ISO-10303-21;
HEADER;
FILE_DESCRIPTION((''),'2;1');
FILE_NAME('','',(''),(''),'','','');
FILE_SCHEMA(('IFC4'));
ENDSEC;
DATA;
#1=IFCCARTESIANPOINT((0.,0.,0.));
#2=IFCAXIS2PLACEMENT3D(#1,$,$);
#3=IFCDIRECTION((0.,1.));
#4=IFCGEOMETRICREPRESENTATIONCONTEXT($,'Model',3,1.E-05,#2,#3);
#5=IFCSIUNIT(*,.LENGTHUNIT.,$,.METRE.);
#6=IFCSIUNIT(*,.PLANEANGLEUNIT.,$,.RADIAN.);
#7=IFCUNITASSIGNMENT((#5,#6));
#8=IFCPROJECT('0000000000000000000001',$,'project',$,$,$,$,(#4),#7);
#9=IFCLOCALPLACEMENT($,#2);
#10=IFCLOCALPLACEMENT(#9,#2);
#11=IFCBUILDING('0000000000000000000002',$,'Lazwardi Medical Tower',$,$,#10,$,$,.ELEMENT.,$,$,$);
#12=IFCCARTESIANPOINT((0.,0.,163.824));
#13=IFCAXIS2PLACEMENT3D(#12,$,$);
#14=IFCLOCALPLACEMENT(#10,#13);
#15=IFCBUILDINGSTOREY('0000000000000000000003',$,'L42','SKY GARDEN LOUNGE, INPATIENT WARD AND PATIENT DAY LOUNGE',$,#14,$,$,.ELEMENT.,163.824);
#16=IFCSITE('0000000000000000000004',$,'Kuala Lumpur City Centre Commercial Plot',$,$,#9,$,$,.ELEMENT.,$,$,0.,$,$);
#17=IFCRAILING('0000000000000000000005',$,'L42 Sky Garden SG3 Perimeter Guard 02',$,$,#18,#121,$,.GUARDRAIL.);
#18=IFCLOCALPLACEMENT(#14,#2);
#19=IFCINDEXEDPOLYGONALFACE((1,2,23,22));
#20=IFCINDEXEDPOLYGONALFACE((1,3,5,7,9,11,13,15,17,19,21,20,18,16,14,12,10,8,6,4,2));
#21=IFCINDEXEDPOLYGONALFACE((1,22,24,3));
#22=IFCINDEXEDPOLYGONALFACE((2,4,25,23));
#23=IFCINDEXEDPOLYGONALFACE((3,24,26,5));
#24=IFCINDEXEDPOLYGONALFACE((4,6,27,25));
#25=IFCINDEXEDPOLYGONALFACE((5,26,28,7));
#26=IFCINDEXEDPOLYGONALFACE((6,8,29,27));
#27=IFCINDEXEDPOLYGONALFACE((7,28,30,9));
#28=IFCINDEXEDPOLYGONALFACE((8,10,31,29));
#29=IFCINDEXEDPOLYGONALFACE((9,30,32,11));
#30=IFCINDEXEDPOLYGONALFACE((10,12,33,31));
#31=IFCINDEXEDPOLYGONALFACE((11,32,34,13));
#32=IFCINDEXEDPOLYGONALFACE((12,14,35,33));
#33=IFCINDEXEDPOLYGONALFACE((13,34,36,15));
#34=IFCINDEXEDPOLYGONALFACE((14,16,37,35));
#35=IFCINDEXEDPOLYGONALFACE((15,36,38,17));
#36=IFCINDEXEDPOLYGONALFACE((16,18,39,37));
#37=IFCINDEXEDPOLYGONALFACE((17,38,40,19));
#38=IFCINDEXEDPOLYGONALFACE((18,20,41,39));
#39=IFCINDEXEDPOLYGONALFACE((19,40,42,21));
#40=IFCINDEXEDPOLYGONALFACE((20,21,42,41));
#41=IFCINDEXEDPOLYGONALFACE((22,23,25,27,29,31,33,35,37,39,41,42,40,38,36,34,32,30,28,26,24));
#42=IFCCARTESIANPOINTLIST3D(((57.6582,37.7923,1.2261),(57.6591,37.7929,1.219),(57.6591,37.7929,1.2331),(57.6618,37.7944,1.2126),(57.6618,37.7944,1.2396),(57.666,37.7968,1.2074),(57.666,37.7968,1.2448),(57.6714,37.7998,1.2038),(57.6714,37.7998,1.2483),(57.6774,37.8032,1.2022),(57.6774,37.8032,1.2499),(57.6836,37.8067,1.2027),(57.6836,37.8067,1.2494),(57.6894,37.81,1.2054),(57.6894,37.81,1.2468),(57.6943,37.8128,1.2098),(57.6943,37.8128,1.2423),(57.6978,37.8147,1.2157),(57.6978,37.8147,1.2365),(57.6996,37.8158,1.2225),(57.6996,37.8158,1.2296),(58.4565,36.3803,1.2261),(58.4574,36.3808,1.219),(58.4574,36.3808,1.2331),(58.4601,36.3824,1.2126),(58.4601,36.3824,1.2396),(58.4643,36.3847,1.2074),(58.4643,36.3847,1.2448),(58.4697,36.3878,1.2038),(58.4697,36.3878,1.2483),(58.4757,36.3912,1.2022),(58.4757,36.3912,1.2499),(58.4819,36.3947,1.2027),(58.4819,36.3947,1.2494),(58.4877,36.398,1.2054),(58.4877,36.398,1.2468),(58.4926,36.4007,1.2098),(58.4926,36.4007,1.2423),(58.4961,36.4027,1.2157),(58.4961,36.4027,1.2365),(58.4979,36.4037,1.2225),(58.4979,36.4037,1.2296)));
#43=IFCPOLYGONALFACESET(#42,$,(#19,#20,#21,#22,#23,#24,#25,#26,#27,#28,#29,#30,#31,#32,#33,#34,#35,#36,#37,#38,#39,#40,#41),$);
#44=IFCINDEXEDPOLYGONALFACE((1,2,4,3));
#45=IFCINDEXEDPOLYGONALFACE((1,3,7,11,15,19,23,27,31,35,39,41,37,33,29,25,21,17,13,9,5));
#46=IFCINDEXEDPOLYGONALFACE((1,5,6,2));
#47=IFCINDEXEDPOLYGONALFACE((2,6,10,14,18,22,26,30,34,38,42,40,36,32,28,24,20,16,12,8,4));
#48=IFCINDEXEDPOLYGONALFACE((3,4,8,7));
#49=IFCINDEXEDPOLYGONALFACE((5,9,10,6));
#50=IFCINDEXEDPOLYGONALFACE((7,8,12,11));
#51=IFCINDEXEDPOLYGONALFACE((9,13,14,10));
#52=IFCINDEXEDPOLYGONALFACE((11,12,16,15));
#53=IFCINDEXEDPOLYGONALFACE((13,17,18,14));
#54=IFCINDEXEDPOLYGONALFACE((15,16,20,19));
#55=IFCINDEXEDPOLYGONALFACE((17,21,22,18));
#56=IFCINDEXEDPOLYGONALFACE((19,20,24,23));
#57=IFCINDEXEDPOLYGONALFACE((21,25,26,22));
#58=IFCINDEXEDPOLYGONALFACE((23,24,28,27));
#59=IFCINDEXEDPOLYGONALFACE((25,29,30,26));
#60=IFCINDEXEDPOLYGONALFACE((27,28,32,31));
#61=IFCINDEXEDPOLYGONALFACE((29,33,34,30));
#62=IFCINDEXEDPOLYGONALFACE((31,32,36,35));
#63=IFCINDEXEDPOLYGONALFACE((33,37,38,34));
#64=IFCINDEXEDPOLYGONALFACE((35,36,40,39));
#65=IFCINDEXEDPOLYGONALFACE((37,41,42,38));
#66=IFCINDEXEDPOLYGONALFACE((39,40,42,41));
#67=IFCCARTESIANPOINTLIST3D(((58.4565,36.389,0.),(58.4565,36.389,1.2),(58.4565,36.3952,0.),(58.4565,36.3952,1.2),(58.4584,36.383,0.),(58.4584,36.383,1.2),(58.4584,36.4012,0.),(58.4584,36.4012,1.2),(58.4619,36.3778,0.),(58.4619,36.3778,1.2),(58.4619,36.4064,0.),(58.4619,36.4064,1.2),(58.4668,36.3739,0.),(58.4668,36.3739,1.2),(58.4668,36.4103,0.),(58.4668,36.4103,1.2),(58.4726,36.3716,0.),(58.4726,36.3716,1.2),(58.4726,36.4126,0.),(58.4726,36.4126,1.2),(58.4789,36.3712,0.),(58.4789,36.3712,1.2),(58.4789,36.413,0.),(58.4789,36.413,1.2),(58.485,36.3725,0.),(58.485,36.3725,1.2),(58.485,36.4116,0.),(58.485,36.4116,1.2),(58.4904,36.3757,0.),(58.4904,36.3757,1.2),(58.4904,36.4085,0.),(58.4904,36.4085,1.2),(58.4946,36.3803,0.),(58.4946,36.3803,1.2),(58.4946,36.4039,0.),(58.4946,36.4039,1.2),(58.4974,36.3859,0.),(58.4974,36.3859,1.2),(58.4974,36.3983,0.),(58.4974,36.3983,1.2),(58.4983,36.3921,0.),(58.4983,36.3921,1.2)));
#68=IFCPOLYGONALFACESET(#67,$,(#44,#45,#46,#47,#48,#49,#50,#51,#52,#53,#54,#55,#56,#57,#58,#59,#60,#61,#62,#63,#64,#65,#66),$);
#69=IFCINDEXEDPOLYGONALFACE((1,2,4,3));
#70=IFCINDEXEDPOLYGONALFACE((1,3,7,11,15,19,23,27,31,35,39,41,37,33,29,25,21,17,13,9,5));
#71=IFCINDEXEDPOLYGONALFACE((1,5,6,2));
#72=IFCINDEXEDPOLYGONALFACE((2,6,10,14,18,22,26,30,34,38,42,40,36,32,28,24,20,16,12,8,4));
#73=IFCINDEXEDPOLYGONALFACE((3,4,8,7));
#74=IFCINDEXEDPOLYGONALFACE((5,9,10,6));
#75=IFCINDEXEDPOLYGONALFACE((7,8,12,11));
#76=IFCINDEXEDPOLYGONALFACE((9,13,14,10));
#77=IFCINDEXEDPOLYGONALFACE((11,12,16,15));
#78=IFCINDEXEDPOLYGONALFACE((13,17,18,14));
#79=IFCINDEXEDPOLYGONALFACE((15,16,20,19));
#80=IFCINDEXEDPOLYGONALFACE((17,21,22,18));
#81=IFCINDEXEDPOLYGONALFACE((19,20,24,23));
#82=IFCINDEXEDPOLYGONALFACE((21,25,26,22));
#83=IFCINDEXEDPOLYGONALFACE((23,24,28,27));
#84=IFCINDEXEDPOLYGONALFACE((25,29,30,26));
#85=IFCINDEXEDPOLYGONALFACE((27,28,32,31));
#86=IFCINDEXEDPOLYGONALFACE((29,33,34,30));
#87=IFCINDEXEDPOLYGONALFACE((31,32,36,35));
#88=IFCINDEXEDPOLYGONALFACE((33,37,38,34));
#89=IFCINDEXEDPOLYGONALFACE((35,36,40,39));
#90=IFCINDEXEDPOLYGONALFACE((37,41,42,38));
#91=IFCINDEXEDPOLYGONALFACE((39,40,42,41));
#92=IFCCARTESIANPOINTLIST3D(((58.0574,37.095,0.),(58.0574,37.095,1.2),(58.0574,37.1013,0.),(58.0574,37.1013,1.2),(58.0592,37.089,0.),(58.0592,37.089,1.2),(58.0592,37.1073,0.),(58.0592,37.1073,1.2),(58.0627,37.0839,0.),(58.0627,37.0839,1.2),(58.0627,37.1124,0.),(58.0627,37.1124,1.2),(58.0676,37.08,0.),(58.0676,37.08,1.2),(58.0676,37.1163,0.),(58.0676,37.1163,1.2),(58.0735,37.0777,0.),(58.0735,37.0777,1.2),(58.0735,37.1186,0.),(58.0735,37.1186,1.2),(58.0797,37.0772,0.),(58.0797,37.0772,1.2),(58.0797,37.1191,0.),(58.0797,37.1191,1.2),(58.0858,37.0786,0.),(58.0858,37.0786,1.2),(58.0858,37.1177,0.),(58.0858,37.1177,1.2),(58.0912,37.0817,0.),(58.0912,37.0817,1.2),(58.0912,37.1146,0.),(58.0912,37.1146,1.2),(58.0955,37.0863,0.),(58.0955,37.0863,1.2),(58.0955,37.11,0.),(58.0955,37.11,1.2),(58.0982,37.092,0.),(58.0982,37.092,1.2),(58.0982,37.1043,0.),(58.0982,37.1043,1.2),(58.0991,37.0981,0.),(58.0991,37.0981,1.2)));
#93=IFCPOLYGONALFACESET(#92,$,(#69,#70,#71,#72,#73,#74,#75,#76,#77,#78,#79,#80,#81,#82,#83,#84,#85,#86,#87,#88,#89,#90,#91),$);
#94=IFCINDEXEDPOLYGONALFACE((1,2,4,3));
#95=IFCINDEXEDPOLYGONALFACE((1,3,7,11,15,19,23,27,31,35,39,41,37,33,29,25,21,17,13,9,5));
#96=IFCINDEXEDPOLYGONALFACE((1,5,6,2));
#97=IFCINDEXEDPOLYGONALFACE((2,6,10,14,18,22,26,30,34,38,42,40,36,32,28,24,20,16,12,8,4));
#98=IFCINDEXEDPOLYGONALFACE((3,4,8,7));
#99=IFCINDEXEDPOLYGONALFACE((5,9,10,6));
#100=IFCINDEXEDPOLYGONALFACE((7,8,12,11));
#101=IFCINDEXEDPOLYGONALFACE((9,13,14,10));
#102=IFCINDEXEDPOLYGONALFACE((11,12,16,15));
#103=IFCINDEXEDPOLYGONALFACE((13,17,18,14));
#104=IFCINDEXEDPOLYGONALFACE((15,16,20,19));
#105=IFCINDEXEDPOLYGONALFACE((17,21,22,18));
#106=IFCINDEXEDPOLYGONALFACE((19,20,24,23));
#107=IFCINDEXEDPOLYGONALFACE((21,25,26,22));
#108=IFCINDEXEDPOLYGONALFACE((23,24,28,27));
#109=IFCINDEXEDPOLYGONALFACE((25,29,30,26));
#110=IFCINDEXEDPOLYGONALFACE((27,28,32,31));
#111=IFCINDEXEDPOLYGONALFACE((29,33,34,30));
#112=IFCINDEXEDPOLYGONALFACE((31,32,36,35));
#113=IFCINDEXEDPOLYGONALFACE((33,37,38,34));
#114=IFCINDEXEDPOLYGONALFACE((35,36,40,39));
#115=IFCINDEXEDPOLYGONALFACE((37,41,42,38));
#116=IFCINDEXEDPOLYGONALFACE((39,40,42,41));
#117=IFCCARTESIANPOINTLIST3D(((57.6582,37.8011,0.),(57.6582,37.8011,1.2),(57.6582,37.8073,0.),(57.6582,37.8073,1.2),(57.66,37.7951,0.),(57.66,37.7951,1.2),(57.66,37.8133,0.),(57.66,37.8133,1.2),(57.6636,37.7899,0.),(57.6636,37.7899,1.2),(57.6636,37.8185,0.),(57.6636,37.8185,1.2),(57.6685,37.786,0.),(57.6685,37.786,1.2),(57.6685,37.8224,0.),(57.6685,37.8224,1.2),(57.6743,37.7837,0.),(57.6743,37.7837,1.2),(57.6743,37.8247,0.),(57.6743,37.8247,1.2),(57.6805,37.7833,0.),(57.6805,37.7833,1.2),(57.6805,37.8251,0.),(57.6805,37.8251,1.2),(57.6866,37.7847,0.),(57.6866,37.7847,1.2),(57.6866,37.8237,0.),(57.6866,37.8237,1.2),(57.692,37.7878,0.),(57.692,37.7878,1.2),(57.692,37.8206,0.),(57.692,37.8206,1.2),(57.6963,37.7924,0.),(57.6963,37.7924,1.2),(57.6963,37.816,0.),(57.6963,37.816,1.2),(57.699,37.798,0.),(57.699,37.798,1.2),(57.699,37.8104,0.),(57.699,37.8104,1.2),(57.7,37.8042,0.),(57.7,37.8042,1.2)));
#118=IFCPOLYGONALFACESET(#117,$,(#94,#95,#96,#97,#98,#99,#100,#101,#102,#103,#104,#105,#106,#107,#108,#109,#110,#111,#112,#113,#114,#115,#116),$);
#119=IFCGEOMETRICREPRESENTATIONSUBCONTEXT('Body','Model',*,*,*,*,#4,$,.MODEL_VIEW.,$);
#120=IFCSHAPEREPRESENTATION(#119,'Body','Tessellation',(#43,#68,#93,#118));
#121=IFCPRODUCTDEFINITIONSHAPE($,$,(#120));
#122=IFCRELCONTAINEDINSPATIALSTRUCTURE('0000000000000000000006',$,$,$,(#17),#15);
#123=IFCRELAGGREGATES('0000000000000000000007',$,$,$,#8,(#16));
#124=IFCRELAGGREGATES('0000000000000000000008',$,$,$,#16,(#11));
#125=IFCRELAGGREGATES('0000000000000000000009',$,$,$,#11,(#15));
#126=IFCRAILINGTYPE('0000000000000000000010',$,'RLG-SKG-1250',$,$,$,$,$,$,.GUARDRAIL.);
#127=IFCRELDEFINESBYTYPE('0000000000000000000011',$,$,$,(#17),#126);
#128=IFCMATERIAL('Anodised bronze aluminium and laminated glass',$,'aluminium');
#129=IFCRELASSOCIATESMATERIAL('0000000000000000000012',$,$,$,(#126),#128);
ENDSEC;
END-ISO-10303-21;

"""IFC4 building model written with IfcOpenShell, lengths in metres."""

from ifc_helpers import new_model, si_unit, direction, frame, origin, origin_2d, place, context, subcontext, project, spatial, circle, extrude, material, type_object, element, save


model = new_model("IFC4")

# Units and contexts
model_context = context("Model", 3, precision=1e-05, world=origin(), true_north=direction((0.0, 1.0)))
body_context = subcontext(model_context, "Body", "Model", "MODEL_VIEW")
ifc_project = project(units=[si_unit("LENGTHUNIT", "METRE"), si_unit("PLANEANGLEUNIT", "RADIAN")], contexts=[model_context])

# Site, building, storey
site_placement = place(None, origin())
site = spatial("IfcSite", under=ifc_project, at=site_placement, Name="Kuala Lumpur City Centre Commercial Plot", CompositionType="ELEMENT", RefElevation=0.0)
building_placement = place(site_placement, origin())
building = spatial("IfcBuilding", under=site, at=building_placement, Name="Lazwardi Medical Tower", CompositionType="ELEMENT")
storey_placement = place(building_placement, frame((0.0, 0.0, 163.824)))
storey = spatial("IfcBuildingStorey", under=building, at=storey_placement, Name="L42", Description="SKY GARDEN LOUNGE, INPATIENT WARD AND PATIENT DAY LOUNGE", CompositionType="ELEMENT", Elevation=163.824)

# Shared definitions
ifc_material_1 = material(Name="Anodised bronze aluminium and laminated glass", Category="aluminium")

# Railing
railing_type = type_object("IfcRailingType", Name="RLG-SKG-1250", PredefinedType="GUARDRAIL", material=ifc_material_1)
railing_1_placement = place(storey_placement, frame((58.4773, 36.3921, 0.0)))
element("IfcRailing", 1, at=railing_1_placement, inside=storey, type_object=railing_type, Name="L42 Sky Garden SG3 Perimeter Guard 02", PredefinedType="GUARDRAIL", context=body_context, shape_type="SweptSolid", body=[
    extrude(circle(Radius=0.0239, at=origin_2d()), frame((0.0, 0.0, 1.2261), z_axis=(-0.492147, 0.870512, 0.0), x_axis=(-0.870512, -0.492147, 0.0)), (0.0, 0.0, 1.0), 1.6221),
    extrude(circle(Radius=0.021, at=origin_2d()), origin(), (0.0, 0.0, 1.0), 1.2),
    extrude(circle(Radius=0.021, at=origin_2d()), frame((-0.3992, 0.7061, 0.0)), (0.0, 0.0, 1.0), 1.2),
    extrude(circle(Radius=0.021, at=origin_2d()), frame((-0.7983, 1.4121, 0.0)), (0.0, 0.0, 1.0), 1.2),
])

save(model, "model.ifc")
